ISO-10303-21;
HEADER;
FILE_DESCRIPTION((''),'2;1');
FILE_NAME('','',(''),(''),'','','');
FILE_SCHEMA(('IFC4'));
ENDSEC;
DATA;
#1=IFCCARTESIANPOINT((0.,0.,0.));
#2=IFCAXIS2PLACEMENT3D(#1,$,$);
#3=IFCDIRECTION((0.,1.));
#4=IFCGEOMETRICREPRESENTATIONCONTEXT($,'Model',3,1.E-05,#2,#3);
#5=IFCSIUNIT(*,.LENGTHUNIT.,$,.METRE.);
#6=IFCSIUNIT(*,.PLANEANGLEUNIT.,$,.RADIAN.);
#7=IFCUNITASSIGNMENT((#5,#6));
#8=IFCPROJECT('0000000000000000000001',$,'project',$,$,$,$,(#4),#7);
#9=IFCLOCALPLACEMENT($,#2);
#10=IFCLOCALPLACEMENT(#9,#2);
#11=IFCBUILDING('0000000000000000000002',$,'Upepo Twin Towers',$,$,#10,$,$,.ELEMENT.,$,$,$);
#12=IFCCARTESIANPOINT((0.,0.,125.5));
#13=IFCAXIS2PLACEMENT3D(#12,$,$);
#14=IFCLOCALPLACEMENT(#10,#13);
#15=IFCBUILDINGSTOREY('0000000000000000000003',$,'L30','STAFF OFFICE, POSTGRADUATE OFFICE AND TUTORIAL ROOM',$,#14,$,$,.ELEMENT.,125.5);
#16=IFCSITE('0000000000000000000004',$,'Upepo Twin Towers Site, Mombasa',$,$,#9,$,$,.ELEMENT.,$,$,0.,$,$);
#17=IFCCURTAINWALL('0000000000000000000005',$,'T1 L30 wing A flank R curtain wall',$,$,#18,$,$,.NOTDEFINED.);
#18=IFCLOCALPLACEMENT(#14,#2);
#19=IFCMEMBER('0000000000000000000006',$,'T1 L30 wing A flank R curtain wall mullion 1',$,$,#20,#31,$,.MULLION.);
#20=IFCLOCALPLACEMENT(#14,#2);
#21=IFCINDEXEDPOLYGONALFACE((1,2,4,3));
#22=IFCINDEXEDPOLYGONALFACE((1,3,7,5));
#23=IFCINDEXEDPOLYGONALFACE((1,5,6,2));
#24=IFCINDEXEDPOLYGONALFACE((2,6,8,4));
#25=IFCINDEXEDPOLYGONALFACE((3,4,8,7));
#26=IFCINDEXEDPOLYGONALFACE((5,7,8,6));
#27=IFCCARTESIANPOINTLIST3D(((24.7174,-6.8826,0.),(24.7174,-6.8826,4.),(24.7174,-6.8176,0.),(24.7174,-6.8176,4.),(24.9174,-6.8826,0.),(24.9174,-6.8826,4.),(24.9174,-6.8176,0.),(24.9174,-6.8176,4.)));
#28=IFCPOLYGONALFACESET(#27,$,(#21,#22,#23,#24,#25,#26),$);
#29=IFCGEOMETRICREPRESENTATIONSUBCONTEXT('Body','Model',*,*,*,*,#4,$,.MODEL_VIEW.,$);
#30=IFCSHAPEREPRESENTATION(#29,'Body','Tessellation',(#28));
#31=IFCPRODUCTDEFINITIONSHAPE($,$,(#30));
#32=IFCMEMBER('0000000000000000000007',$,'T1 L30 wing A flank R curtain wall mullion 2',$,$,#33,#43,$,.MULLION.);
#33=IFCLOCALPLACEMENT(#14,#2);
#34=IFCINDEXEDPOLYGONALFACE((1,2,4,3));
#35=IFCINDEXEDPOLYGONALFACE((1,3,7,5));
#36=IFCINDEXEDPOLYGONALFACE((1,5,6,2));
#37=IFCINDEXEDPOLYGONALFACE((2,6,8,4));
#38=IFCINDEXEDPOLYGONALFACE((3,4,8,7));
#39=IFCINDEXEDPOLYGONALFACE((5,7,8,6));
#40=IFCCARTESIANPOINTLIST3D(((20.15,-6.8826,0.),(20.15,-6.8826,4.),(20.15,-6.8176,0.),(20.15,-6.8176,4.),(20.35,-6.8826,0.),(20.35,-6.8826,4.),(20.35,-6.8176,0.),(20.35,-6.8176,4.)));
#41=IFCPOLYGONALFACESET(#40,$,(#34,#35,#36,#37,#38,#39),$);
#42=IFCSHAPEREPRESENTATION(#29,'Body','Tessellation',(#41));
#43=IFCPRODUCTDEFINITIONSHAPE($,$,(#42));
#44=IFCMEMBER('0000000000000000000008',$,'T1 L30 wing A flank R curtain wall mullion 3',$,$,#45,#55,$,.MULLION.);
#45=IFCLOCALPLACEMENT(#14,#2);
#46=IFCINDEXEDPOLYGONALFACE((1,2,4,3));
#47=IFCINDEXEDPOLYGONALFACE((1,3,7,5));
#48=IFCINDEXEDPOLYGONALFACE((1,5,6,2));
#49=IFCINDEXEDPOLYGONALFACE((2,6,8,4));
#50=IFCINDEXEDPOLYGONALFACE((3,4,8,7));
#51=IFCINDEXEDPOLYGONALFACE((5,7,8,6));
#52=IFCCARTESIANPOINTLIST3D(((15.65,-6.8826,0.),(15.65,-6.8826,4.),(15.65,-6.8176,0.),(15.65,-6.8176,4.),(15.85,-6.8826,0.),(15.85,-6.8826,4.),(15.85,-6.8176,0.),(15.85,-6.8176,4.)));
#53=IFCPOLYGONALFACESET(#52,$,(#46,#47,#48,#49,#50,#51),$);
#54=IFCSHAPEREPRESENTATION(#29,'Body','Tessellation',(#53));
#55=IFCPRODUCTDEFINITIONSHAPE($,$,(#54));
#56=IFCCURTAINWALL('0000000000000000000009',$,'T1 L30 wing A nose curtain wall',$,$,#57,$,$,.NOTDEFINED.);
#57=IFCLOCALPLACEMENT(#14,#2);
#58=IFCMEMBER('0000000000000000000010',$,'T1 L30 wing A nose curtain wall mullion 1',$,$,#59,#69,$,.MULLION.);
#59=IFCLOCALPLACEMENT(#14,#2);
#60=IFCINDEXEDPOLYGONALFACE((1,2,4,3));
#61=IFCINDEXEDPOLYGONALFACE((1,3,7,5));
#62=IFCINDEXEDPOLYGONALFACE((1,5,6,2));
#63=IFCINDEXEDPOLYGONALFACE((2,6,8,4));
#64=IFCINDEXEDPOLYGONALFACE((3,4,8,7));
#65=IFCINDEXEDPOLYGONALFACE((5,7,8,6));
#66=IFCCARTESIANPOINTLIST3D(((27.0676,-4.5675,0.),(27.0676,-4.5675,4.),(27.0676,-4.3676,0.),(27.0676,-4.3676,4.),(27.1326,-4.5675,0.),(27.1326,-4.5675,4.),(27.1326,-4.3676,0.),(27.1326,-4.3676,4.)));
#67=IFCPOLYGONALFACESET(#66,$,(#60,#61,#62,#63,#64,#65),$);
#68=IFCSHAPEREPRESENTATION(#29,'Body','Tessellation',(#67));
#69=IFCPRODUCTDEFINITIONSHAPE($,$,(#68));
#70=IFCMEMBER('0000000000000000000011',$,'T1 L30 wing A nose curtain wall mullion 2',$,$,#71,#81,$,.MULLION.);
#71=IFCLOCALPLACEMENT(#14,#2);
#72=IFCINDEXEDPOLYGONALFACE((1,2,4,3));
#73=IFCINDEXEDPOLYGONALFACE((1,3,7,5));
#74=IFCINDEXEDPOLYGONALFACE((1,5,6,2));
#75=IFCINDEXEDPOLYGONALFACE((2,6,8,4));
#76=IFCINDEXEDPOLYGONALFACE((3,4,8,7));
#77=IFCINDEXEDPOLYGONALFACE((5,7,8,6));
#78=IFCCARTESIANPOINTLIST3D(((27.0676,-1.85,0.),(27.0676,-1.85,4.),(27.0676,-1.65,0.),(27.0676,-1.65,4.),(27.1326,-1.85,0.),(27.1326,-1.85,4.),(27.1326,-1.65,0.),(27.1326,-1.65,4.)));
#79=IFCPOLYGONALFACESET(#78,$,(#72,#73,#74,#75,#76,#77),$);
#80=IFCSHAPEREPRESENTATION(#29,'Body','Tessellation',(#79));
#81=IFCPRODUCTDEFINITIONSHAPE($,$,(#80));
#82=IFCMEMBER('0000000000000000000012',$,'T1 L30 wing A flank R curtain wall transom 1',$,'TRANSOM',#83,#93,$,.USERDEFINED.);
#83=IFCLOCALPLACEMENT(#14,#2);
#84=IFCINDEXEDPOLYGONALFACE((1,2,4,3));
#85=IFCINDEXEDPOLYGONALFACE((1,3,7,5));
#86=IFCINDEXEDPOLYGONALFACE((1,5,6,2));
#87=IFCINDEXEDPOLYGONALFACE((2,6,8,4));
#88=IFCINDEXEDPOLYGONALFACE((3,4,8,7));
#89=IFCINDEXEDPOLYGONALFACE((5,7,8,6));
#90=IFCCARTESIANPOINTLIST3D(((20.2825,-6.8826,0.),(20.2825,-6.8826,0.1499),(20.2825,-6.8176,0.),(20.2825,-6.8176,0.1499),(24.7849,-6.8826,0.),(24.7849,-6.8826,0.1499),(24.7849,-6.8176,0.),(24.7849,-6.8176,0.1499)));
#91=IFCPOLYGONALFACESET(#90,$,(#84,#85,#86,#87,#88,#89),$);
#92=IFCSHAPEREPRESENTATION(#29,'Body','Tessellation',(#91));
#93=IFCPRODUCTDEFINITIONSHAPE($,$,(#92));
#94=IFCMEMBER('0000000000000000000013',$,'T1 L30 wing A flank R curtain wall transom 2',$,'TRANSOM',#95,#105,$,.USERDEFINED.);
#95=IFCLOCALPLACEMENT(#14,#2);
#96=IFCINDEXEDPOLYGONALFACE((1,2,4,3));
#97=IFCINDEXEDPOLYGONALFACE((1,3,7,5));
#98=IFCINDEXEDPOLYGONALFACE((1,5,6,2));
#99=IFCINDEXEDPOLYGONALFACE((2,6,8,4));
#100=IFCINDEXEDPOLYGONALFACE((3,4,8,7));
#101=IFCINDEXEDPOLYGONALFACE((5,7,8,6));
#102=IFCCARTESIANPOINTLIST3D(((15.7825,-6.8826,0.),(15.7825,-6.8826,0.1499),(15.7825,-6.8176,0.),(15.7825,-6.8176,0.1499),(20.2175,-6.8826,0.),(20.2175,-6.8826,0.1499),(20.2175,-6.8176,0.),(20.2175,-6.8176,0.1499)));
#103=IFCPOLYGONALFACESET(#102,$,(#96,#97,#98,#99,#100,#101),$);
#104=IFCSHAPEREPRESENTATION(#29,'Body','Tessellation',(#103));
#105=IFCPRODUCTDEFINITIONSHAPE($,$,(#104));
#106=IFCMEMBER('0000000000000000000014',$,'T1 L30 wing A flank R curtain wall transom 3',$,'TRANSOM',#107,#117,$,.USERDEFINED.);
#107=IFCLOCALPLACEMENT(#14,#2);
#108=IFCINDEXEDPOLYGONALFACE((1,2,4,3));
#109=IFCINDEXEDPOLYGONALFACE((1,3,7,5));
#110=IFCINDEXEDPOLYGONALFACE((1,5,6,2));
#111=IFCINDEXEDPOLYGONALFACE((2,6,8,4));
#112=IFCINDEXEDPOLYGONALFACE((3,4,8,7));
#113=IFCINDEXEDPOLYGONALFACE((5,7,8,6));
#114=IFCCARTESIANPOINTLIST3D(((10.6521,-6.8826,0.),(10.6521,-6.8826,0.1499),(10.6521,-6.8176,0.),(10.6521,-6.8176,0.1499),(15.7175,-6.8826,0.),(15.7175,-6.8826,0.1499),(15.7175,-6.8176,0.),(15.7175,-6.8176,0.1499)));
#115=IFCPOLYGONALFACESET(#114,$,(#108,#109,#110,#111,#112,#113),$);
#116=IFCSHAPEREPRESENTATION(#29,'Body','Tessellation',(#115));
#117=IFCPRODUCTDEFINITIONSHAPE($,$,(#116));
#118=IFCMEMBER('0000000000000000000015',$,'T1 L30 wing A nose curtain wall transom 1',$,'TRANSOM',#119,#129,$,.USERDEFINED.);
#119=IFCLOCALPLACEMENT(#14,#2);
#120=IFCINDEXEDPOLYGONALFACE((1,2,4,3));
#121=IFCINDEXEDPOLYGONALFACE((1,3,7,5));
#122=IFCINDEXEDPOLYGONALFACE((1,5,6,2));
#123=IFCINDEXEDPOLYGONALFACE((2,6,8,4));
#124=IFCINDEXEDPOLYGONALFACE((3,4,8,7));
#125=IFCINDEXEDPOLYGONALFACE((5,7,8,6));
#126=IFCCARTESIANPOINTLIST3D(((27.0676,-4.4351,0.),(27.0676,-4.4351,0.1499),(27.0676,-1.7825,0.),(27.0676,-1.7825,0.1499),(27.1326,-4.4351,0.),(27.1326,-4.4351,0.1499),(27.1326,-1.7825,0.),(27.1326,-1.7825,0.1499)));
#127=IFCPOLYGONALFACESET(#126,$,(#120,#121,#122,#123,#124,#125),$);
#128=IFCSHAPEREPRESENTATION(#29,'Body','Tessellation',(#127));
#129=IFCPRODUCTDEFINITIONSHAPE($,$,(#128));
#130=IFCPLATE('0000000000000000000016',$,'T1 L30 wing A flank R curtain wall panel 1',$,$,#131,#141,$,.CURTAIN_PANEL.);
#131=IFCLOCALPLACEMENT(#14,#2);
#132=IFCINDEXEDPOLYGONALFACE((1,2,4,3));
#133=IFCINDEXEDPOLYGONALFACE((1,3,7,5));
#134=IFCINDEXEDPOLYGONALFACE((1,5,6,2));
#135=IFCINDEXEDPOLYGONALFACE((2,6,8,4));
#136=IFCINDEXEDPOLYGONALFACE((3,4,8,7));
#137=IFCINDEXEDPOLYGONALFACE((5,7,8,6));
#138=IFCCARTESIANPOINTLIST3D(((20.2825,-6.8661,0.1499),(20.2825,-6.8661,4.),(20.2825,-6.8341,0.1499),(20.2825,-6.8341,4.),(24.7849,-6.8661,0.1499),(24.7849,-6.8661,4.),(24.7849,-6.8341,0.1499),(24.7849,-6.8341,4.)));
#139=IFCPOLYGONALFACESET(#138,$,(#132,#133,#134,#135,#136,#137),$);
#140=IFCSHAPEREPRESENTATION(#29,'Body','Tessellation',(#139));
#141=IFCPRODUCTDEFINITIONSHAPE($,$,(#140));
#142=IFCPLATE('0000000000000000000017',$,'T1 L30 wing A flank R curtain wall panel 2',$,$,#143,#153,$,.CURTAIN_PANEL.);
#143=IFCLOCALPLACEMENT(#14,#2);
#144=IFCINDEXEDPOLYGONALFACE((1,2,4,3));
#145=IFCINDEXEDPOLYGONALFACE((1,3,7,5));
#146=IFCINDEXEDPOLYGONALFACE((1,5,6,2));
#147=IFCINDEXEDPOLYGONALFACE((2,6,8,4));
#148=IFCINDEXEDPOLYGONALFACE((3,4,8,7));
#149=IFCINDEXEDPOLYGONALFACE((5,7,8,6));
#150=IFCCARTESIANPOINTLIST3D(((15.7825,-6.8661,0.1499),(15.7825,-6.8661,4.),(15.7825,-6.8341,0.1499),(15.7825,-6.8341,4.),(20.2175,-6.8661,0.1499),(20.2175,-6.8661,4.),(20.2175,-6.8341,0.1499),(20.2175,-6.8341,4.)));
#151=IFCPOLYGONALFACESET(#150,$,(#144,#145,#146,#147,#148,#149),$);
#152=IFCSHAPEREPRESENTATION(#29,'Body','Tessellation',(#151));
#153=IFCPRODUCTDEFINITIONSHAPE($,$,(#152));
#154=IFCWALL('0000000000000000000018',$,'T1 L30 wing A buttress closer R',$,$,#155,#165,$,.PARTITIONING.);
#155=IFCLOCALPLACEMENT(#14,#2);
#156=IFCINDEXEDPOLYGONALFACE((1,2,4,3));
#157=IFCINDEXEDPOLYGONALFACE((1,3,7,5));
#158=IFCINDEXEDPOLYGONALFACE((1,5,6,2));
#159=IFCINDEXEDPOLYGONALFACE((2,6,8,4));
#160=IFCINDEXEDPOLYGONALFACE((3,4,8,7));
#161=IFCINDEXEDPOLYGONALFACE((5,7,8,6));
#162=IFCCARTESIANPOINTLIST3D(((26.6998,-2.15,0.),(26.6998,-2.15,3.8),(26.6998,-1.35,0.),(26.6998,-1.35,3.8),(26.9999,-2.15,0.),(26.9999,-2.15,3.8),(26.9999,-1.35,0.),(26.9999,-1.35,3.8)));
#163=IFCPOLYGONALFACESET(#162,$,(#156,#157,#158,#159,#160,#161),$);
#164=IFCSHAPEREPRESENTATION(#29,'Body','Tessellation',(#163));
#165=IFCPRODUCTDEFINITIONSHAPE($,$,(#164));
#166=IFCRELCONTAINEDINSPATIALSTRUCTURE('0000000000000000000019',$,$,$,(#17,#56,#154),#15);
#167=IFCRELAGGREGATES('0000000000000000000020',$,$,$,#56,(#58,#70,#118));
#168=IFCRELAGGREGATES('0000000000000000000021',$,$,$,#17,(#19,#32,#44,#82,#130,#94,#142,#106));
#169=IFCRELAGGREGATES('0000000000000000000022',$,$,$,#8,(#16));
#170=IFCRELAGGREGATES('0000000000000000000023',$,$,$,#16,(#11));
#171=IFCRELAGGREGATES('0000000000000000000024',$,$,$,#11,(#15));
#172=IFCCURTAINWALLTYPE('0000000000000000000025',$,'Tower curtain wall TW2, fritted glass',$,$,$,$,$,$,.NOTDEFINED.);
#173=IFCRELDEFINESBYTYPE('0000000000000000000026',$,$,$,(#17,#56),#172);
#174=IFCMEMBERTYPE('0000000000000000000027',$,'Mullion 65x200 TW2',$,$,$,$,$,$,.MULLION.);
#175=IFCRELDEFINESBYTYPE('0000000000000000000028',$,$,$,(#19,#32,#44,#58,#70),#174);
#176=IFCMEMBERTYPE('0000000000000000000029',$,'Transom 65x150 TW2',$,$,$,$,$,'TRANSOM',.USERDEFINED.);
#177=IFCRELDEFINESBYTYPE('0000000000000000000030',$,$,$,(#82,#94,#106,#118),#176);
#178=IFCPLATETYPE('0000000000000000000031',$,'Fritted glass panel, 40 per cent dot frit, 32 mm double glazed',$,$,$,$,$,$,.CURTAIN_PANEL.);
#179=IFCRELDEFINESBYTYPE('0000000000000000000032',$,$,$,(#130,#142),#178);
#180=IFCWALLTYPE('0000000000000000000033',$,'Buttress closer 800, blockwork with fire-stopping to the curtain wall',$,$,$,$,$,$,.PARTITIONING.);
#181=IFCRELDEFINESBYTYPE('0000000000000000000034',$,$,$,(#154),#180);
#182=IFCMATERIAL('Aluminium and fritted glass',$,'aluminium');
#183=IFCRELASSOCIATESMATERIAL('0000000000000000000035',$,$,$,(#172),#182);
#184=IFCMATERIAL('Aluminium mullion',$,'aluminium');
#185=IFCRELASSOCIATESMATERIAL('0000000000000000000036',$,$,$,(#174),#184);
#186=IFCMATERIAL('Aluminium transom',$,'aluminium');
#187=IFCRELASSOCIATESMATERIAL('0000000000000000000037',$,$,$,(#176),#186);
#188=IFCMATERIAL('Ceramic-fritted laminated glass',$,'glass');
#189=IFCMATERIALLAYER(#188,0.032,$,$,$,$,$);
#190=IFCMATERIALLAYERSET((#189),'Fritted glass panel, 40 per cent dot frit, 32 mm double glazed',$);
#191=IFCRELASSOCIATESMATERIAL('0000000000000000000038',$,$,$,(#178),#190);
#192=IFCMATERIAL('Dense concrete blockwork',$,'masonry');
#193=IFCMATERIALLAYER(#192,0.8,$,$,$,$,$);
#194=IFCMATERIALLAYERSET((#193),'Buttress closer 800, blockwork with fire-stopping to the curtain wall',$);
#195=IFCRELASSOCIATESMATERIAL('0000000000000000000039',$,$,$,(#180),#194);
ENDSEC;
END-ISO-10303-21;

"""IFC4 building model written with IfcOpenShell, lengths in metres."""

from ifc_helpers import new_model, si_unit, direction, frame, frame_2d, origin, origin_2d, place, context, subcontext, project, spatial, rectangle, extrude, material, layer, layer_set, material_profile, profile_set, type_object, element, aggregate, save


model = new_model("IFC4")

# Units and contexts
model_context = context("Model", 3, precision=1e-05, world=origin(), true_north=direction((0.0, 1.0)))
body_context = subcontext(model_context, "Body", "Model", "MODEL_VIEW")
ifc_project = project(units=[si_unit("LENGTHUNIT", "METRE"), si_unit("PLANEANGLEUNIT", "RADIAN")], contexts=[model_context])

# Site, building, storey
site_placement = place(None, origin())
site = spatial("IfcSite", under=ifc_project, at=site_placement, Name="Upepo Twin Towers Site, Mombasa", CompositionType="ELEMENT", RefElevation=0.0)
building_placement = place(site_placement, origin())
building = spatial("IfcBuilding", under=site, at=building_placement, Name="Upepo Twin Towers", CompositionType="ELEMENT")
storey_placement = place(building_placement, frame((0.0, 0.0, 125.5)))
storey = spatial("IfcBuildingStorey", under=building, at=storey_placement, Name="L30", Description="STAFF OFFICE, POSTGRADUATE OFFICE AND TUTORIAL ROOM", CompositionType="ELEMENT", Elevation=125.5)

# Curtain walls, members
ifc_material_1 = material(Name="Aluminium and fritted glass", Category="aluminium")
curtain_wall_type = type_object("IfcCurtainWallType", Name="Tower curtain wall TW2, fritted glass", PredefinedType="NOTDEFINED", material=ifc_material_1)
curtain_wall_1_placement = place(storey_placement, origin())
curtain_wall_1 = element("IfcCurtainWall", 1, at=curtain_wall_1_placement, inside=storey, type_object=curtain_wall_type, Name="T1 L30 wing A flank R curtain wall", PredefinedType="NOTDEFINED")
ifc_material_2 = material(Name="Aluminium mullion", Category="aluminium")
ifc_material_profile_1 = material_profile(ifc_material_2, rectangle(XDim=0.0649, YDim=0.2, at=origin_2d()), Name="MULLION 65x200")
ifc_profile_set_1 = profile_set([ifc_material_profile_1], Name="Aluminium mullion")
member_type_1 = type_object("IfcMemberType", Name="Mullion 65x200 TW2", PredefinedType="MULLION", material=ifc_profile_set_1)
member_1_placement = place(storey_placement, frame((24.8174, -6.8501, 0.0), z_axis=(0.0, 0.0, 1.0), x_axis=(0.0, -1.0, 0.0)))
member_1 = element("IfcMember", 2, at=member_1_placement, type_object=member_type_1, Name="T1 L30 wing A flank R curtain wall mullion 1", PredefinedType="MULLION", context=body_context, shape_type="SweptSolid", body=[
    extrude(rectangle(XDim=0.0649, YDim=0.2, at=origin_2d()), origin(), (0.0, 0.0, 1.0), 4.0),
])
member_2_placement = place(storey_placement, frame((20.25, -6.8501, 0.0), z_axis=(0.0, 0.0, 1.0), x_axis=(0.0, -1.0, 0.0)))
member_2 = element("IfcMember", 3, at=member_2_placement, type_object=member_type_1, Name="T1 L30 wing A flank R curtain wall mullion 2", PredefinedType="MULLION", context=body_context, shape_type="SweptSolid", body=[
    extrude(rectangle(XDim=0.0649, YDim=0.2, at=origin_2d()), origin(), (0.0, 0.0, 1.0), 4.0),
])
member_3_placement = place(storey_placement, frame((15.75, -6.8501, 0.0), z_axis=(0.0, 0.0, 1.0), x_axis=(0.0, -1.0, 0.0)))
member_3 = element("IfcMember", 4, at=member_3_placement, type_object=member_type_1, Name="T1 L30 wing A flank R curtain wall mullion 3", PredefinedType="MULLION", context=body_context, shape_type="SweptSolid", body=[
    extrude(rectangle(XDim=0.0649, YDim=0.2, at=origin_2d()), origin(), (0.0, 0.0, 1.0), 4.0),
])
curtain_wall_2_placement = place(storey_placement, origin())
curtain_wall_2 = element("IfcCurtainWall", 5, at=curtain_wall_2_placement, inside=storey, type_object=curtain_wall_type, Name="T1 L30 wing A nose curtain wall", PredefinedType="NOTDEFINED")
member_4_placement = place(storey_placement, frame((27.1001, -4.4675, 0.0), z_axis=(0.0, 0.0, 1.0), x_axis=(-1.0, 0.0, 0.0)))
member_4 = element("IfcMember", 6, at=member_4_placement, type_object=member_type_1, Name="T1 L30 wing A nose curtain wall mullion 1", PredefinedType="MULLION", context=body_context, shape_type="SweptSolid", body=[
    extrude(rectangle(XDim=0.0649, YDim=0.2, at=origin_2d()), origin(), (0.0, 0.0, 1.0), 4.0),
])
member_5_placement = place(storey_placement, frame((27.1001, -1.75, 0.0), z_axis=(0.0, 0.0, 1.0), x_axis=(-1.0, 0.0, 0.0)))
member_5 = element("IfcMember", 7, at=member_5_placement, type_object=member_type_1, Name="T1 L30 wing A nose curtain wall mullion 2", PredefinedType="MULLION", context=body_context, shape_type="SweptSolid", body=[
    extrude(rectangle(XDim=0.0649, YDim=0.2, at=origin_2d()), origin(), (0.0, 0.0, 1.0), 4.0),
])

# Members
ifc_material_3 = material(Name="Aluminium transom", Category="aluminium")
ifc_material_profile_2 = material_profile(ifc_material_3, rectangle(XDim=0.0649, YDim=0.1499, at=origin_2d()), Name="TRANSOM 65x150")
ifc_profile_set_2 = profile_set([ifc_material_profile_2], Name="Aluminium transom")
member_type_2 = type_object("IfcMemberType", Name="Transom 65x150 TW2", ElementType="TRANSOM", PredefinedType="USERDEFINED", material=ifc_profile_set_2)
member_6_placement = place(storey_placement, frame((24.7849, -6.8501, 0.075), z_axis=(-1.0, 0.0, 0.0), x_axis=(0.0, -1.0, 0.0)))
member_6 = element("IfcMember", 8, at=member_6_placement, type_object=member_type_2, Name="T1 L30 wing A flank R curtain wall transom 1", ObjectType="TRANSOM", PredefinedType="USERDEFINED", context=body_context, shape_type="SweptSolid", body=[
    extrude(rectangle(XDim=0.0649, YDim=0.1499, at=origin_2d()), origin(), (0.0, 0.0, 1.0), 4.5024),
])
member_7_placement = place(storey_placement, frame((20.2175, -6.8501, 0.075), z_axis=(-1.0, 0.0, 0.0), x_axis=(0.0, -1.0, 0.0)))
member_7 = element("IfcMember", 9, at=member_7_placement, type_object=member_type_2, Name="T1 L30 wing A flank R curtain wall transom 2", ObjectType="TRANSOM", PredefinedType="USERDEFINED", context=body_context, shape_type="SweptSolid", body=[
    extrude(rectangle(XDim=0.0649, YDim=0.1499, at=origin_2d()), origin(), (0.0, 0.0, 1.0), 4.4351),
])
member_8_placement = place(storey_placement, frame((15.7175, -6.8501, 0.075), z_axis=(-1.0, 0.0, 0.0), x_axis=(0.0, -1.0, 0.0)))
member_8 = element("IfcMember", 10, at=member_8_placement, type_object=member_type_2, Name="T1 L30 wing A flank R curtain wall transom 3", ObjectType="TRANSOM", PredefinedType="USERDEFINED", context=body_context, shape_type="SweptSolid", body=[
    extrude(rectangle(XDim=0.0649, YDim=0.1499, at=origin_2d()), origin(), (0.0, 0.0, 1.0), 5.0654),
])
member_9_placement = place(storey_placement, frame((27.1001, -4.4351, 0.075), z_axis=(0.0, 1.0, 0.0), x_axis=(-1.0, 0.0, 0.0)))
member_9 = element("IfcMember", 11, at=member_9_placement, type_object=member_type_2, Name="T1 L30 wing A nose curtain wall transom 1", ObjectType="TRANSOM", PredefinedType="USERDEFINED", context=body_context, shape_type="SweptSolid", body=[
    extrude(rectangle(XDim=0.0649, YDim=0.1499, at=origin_2d()), origin(), (0.0, 0.0, 1.0), 2.6526),
])
aggregate(curtain_wall_2, [member_4, member_5, member_9])

# Plates
ifc_material_4 = material(Name="Ceramic-fritted laminated glass", Category="glass")
ifc_layer_1 = layer(ifc_material_4, 0.032)
ifc_layer_set_1 = layer_set([ifc_layer_1], Name="Fritted glass panel, 40 per cent dot frit, 32 mm double glazed")
plate_type = type_object("IfcPlateType", Name="Fritted glass panel, 40 per cent dot frit, 32 mm double glazed", PredefinedType="CURTAIN_PANEL", material=ifc_layer_set_1)
plate_1_placement = place(storey_placement, frame((22.5337, -6.8501, 0.1499), z_axis=(0.0, 0.0, 1.0), x_axis=(-1.0, 0.0, 0.0)))
plate_1 = element("IfcPlate", 12, at=plate_1_placement, type_object=plate_type, Name="T1 L30 wing A flank R curtain wall panel 1", PredefinedType="CURTAIN_PANEL", context=body_context, shape_type="SweptSolid", body=[
    extrude(rectangle(XDim=4.5024, YDim=0.032, at=origin_2d()), origin(), (0.0, 0.0, 1.0), 3.8501),
])
plate_2_placement = place(storey_placement, frame((18.0, -6.8501, 0.1499), z_axis=(0.0, 0.0, 1.0), x_axis=(-1.0, 0.0, 0.0)))
plate_2 = element("IfcPlate", 13, at=plate_2_placement, type_object=plate_type, Name="T1 L30 wing A flank R curtain wall panel 2", PredefinedType="CURTAIN_PANEL", context=body_context, shape_type="SweptSolid", body=[
    extrude(rectangle(XDim=4.4351, YDim=0.032, at=origin_2d()), origin(), (0.0, 0.0, 1.0), 3.8501),
])
aggregate(curtain_wall_1, [member_1, member_2, member_3, member_6, plate_1, member_7, plate_2, member_8])

# Wall
ifc_material_5 = material(Name="Dense concrete blockwork", Category="masonry")
ifc_layer_2 = layer(ifc_material_5, 0.8)
ifc_layer_set_2 = layer_set([ifc_layer_2], Name="Buttress closer 800, blockwork with fire-stopping to the curtain wall")
wall_type_1 = type_object("IfcWallType", Name="Buttress closer 800, blockwork with fire-stopping to the curtain wall", PredefinedType="PARTITIONING", material=ifc_layer_set_2)
wall_1_placement = place(storey_placement, frame((26.7, -1.75, 0.0), z_axis=(0.0, 0.0, 1.0), x_axis=(1.0, 0.0, 0.0)))
element("IfcWall", 14, at=wall_1_placement, inside=storey, type_object=wall_type_1, Name="T1 L30 wing A buttress closer R", PredefinedType="PARTITIONING", context=body_context, shape_type="SweptSolid", body=[
    extrude(rectangle(XDim=0.3, YDim=0.8, at=frame_2d((0.1499, 0.0))), origin(), (0.0, 0.0, 1.0), 3.8),
])

save(model, "model.ifc")
